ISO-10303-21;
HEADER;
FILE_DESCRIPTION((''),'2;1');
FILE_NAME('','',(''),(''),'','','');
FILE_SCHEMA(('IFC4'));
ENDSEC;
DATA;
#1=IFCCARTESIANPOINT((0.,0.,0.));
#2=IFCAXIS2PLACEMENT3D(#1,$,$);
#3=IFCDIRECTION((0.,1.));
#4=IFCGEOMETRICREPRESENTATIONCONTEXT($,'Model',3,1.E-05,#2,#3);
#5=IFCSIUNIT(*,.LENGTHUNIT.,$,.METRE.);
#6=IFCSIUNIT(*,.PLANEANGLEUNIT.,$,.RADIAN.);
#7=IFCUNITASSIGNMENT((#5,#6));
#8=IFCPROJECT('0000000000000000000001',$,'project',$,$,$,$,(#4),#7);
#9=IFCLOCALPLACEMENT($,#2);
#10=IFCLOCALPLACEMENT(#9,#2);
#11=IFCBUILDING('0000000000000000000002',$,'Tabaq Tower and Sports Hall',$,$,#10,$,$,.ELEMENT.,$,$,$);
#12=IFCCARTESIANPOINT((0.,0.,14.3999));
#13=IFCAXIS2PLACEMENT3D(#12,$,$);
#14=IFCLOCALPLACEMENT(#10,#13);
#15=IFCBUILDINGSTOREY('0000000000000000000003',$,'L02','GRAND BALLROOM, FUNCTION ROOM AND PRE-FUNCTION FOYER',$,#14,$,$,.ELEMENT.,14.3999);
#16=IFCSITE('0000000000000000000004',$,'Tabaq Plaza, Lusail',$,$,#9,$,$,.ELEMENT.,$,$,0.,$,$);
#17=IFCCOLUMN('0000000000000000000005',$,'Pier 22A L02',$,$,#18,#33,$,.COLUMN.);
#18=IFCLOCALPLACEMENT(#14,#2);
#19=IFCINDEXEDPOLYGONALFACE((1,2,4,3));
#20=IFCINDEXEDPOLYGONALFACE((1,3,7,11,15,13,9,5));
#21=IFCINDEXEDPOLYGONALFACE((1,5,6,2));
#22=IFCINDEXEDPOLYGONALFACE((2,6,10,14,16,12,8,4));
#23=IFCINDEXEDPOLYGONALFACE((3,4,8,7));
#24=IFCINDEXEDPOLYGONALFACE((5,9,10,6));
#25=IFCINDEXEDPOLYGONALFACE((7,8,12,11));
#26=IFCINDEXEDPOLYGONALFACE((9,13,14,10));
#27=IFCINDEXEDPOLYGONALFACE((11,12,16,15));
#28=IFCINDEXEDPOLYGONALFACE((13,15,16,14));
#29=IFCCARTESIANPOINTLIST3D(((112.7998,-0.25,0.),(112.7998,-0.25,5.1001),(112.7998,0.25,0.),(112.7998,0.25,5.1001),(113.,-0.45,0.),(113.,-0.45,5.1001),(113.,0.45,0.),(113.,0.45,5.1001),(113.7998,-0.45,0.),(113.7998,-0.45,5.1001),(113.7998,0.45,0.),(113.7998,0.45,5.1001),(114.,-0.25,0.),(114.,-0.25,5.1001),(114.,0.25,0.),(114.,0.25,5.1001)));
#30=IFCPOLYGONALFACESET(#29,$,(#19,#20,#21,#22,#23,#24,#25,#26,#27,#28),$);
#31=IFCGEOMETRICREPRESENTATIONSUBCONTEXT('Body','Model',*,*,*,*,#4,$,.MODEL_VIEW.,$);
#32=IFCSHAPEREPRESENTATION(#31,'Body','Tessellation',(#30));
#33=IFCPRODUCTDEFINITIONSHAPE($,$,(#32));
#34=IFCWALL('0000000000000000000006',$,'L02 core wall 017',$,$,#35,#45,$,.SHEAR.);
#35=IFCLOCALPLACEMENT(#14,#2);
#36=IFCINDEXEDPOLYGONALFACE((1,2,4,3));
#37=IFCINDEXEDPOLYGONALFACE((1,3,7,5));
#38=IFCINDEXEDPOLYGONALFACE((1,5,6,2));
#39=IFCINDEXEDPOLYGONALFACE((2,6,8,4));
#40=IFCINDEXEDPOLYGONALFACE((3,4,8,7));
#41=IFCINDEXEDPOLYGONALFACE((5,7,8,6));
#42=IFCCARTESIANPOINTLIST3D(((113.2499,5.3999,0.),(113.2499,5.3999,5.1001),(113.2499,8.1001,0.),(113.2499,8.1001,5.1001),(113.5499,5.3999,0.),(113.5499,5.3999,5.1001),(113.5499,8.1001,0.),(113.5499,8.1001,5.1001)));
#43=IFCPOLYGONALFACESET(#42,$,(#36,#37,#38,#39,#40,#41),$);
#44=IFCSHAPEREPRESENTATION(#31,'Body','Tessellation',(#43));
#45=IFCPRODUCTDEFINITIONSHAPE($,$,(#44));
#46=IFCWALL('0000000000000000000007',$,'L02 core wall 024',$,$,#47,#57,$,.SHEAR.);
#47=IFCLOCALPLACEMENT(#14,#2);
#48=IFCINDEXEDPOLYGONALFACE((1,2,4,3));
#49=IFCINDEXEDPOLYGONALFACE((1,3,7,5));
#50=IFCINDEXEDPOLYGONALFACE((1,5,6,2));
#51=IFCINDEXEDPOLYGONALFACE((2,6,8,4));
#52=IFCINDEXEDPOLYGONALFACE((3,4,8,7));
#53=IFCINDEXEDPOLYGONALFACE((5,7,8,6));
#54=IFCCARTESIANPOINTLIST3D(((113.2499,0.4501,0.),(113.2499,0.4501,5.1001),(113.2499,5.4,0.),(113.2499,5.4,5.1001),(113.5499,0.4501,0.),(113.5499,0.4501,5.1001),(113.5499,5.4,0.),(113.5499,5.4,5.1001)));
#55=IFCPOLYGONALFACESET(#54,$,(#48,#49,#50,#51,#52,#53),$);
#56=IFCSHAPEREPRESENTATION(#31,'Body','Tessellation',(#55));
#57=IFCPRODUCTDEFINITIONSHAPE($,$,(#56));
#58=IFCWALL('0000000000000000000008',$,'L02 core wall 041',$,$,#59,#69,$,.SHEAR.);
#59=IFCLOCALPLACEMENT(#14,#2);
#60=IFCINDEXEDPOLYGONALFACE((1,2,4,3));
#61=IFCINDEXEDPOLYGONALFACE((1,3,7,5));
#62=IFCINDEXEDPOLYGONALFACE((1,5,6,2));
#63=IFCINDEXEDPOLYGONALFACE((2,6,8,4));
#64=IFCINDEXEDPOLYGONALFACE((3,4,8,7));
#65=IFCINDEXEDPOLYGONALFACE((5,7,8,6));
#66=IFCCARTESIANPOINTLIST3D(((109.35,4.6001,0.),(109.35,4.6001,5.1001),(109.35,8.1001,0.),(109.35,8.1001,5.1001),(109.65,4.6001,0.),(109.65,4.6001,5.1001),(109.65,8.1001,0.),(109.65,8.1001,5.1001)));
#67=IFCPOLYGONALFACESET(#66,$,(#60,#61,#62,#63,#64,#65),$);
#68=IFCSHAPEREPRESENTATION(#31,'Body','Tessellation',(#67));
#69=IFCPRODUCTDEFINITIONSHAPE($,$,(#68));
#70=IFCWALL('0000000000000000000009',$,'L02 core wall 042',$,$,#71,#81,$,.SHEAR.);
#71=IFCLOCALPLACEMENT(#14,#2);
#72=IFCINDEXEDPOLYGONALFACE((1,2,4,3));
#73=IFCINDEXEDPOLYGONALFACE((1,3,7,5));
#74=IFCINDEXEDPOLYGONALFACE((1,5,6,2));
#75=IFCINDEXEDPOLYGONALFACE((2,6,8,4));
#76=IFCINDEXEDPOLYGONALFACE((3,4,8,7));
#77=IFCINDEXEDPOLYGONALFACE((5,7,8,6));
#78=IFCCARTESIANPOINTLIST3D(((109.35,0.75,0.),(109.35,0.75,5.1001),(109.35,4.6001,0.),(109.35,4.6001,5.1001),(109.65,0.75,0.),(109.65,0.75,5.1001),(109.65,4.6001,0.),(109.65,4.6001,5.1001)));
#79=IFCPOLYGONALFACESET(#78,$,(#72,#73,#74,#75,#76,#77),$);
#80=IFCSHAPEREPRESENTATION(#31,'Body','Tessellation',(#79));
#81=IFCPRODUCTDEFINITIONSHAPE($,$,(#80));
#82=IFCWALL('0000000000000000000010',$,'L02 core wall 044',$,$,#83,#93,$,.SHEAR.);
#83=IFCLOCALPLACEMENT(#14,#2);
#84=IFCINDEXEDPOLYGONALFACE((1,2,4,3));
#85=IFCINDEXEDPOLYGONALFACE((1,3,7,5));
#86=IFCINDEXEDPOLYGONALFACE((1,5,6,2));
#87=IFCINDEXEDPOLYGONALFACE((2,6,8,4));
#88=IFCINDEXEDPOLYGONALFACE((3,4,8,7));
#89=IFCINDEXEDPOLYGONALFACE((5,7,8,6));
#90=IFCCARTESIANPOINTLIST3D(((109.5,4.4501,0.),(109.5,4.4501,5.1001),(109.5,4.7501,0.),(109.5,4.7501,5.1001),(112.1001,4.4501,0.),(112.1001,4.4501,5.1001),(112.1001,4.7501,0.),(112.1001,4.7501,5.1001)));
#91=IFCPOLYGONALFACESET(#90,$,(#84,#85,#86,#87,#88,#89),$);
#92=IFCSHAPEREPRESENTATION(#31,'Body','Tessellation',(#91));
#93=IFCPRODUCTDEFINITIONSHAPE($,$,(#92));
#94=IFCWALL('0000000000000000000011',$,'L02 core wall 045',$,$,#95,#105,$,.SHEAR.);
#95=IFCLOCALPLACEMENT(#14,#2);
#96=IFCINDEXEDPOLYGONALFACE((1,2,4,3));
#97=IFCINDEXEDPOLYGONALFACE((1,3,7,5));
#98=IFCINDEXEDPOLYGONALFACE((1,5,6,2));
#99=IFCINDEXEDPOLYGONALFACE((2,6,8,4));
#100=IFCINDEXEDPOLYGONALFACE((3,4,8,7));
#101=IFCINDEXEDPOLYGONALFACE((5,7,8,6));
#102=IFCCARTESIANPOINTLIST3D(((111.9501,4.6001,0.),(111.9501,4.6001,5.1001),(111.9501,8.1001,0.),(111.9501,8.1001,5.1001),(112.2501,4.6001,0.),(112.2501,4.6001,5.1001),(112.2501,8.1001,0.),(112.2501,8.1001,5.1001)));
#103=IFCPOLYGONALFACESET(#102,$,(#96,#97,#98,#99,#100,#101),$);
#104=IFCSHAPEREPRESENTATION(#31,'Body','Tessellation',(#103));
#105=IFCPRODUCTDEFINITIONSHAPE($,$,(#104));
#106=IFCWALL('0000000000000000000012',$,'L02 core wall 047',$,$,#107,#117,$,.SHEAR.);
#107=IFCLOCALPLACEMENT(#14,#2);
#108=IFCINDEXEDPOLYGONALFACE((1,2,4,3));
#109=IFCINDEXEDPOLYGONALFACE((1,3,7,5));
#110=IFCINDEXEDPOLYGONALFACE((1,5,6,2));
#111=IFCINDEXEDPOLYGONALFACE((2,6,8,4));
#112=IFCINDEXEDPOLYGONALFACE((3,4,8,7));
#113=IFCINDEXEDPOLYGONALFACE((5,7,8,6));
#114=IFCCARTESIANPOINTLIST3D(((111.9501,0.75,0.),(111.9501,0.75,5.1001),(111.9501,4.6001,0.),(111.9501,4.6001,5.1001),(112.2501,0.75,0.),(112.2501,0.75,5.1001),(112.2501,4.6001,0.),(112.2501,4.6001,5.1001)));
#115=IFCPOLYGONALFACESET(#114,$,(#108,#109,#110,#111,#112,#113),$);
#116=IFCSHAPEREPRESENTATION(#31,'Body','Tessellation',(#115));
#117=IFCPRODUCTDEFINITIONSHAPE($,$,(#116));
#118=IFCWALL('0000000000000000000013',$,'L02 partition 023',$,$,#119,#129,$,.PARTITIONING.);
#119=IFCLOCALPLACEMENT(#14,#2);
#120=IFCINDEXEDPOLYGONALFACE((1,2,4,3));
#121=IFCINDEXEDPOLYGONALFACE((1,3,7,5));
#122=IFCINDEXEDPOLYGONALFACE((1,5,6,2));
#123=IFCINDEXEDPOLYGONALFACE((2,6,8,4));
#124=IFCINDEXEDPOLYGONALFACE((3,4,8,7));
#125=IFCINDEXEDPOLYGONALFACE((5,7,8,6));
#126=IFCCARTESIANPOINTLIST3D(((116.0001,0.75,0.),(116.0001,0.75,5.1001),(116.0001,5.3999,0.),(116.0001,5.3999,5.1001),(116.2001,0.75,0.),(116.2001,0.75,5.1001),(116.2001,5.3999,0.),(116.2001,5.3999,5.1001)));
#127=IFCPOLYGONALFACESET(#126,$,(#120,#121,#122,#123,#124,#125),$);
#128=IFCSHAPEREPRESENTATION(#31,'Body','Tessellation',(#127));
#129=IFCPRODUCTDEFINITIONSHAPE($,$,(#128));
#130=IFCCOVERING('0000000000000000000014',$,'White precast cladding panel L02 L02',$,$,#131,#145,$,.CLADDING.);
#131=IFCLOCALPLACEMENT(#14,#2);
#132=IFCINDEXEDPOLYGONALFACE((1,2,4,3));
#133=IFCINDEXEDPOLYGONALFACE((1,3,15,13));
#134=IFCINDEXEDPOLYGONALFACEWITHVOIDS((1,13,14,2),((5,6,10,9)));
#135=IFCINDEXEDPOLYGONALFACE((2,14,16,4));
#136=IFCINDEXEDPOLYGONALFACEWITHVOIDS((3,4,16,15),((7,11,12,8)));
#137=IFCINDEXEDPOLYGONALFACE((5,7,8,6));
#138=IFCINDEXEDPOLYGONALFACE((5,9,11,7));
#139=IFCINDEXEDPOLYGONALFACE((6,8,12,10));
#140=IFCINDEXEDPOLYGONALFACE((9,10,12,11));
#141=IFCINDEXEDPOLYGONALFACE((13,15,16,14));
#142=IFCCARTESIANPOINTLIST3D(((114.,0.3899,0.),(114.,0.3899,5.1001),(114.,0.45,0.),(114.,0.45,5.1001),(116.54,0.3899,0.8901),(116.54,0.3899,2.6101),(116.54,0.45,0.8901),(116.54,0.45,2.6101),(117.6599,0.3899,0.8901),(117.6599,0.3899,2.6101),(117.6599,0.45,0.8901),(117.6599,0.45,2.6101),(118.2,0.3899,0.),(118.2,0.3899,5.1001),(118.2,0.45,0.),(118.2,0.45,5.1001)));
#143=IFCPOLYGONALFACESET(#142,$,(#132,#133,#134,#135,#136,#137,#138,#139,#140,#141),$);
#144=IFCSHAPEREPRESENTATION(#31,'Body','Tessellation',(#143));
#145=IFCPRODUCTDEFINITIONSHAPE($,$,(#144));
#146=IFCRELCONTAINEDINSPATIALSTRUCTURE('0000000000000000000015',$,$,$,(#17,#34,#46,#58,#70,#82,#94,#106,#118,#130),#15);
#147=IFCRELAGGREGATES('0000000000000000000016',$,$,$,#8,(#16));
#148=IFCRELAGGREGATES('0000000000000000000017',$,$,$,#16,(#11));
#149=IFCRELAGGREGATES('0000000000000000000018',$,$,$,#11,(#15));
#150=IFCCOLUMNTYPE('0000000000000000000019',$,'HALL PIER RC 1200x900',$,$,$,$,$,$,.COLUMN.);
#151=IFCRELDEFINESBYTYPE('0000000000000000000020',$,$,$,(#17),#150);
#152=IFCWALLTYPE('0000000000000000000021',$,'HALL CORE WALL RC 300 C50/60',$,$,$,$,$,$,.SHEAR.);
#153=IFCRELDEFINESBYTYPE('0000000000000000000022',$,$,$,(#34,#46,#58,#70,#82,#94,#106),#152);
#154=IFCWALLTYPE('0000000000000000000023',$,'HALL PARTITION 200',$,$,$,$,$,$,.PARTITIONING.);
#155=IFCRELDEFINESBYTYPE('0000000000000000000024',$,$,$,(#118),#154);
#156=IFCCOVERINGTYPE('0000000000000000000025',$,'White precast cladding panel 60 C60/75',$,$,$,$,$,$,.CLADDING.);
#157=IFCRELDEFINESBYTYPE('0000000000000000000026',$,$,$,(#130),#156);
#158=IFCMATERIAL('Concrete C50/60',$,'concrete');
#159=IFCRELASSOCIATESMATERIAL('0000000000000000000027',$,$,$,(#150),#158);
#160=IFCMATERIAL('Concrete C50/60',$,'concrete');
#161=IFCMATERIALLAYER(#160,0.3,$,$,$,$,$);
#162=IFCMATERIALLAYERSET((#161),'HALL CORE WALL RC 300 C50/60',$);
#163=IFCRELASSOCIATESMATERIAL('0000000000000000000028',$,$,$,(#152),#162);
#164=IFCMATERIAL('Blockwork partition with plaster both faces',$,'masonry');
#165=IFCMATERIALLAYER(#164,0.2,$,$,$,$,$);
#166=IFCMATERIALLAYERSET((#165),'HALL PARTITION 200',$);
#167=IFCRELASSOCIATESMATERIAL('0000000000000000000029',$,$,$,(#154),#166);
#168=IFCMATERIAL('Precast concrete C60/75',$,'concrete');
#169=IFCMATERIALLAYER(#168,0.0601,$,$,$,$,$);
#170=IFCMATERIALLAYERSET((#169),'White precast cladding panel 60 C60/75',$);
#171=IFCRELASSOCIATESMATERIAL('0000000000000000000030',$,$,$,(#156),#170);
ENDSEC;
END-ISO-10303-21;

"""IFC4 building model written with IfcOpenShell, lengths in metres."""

from ifc_helpers import new_model, si_unit, direction, frame, frame_2d, origin, place, context, subcontext, project, spatial, polyline, rectangle, outline, extrude, material, layer, layer_set, material_profile, profile_set, type_object, element, save


model = new_model("IFC4")

# Units and contexts
model_context = context("Model", 3, precision=1e-05, world=origin(), true_north=direction((0.0, 1.0)))
body_context = subcontext(model_context, "Body", "Model", "MODEL_VIEW")
ifc_project = project(units=[si_unit("LENGTHUNIT", "METRE"), si_unit("PLANEANGLEUNIT", "RADIAN")], contexts=[model_context])

# Site, building, storey
site_placement = place(None, origin())
site = spatial("IfcSite", under=ifc_project, at=site_placement, Name="Tabaq Plaza, Lusail", CompositionType="ELEMENT", RefElevation=0.0)
building_placement = place(site_placement, origin())
building = spatial("IfcBuilding", under=site, at=building_placement, Name="Tabaq Tower and Sports Hall", CompositionType="ELEMENT")
storey_placement = place(building_placement, frame((0.0, 0.0, 14.3999)))
storey = spatial("IfcBuildingStorey", under=building, at=storey_placement, Name="L02", Description="GRAND BALLROOM, FUNCTION ROOM AND PRE-FUNCTION FOYER", CompositionType="ELEMENT", Elevation=14.3999)

# Column
ifc_material_1 = material(Name="Concrete C50/60", Category="concrete")
ifc_material_profile = material_profile(ifc_material_1, outline(polyline([(-0.3999, -0.45), (0.3999, -0.45), (0.6001, -0.25), (0.6001, 0.25), (0.3999, 0.45), (-0.3999, 0.45), (-0.6001, 0.25), (-0.6001, -0.25), (-0.3999, -0.45)])), Name="PIER 1200x900")
ifc_profile_set = profile_set([ifc_material_profile], Name="Concrete C50/60")
column_type = type_object("IfcColumnType", Name="HALL PIER RC 1200x900", PredefinedType="COLUMN", material=ifc_profile_set)
column_placement = place(storey_placement, frame((113.3999, 0.0, 0.0), z_axis=(0.0, 0.0, 1.0), x_axis=(1.0, 0.0, 0.0)))
element("IfcColumn", 1, at=column_placement, inside=storey, type_object=column_type, Name="Pier 22A L02", PredefinedType="COLUMN", context=body_context, shape_type="SweptSolid", body=[
    extrude(outline(polyline([(-0.3999, -0.45), (0.3999, -0.45), (0.6001, -0.25), (0.6001, 0.25), (0.3999, 0.45), (-0.3999, 0.45), (-0.6001, 0.25), (-0.6001, -0.25), (-0.3999, -0.45)])), origin(), (0.0, 0.0, 1.0), 5.1001),
])

# Walls
ifc_material_2 = material(Name="Concrete C50/60", Category="concrete")
ifc_layer_1 = layer(ifc_material_2, 0.3)
ifc_layer_set_1 = layer_set([ifc_layer_1], Name="HALL CORE WALL RC 300 C50/60")
wall_type_1 = type_object("IfcWallType", Name="HALL CORE WALL RC 300 C50/60", PredefinedType="SHEAR", material=ifc_layer_set_1)
wall_1_placement = place(storey_placement, frame((113.3999, 5.3999, 0.0), z_axis=(0.0, 0.0, 1.0), x_axis=(0.0, 1.0, 0.0)))
element("IfcWall", 2, at=wall_1_placement, inside=storey, type_object=wall_type_1, Name="L02 core wall 017", PredefinedType="SHEAR", context=body_context, shape_type="SweptSolid", body=[
    extrude(rectangle(XDim=2.7002, YDim=0.3, at=frame_2d((1.3501, 0.0))), origin(), (0.0, 0.0, 1.0), 5.1001),
])
wall_2_placement = place(storey_placement, frame((113.3999, 0.45, 0.0), z_axis=(0.0, 0.0, 1.0), x_axis=(0.0, 1.0, 0.0)))
element("IfcWall", 3, at=wall_2_placement, inside=storey, type_object=wall_type_1, Name="L02 core wall 024", PredefinedType="SHEAR", context=body_context, shape_type="SweptSolid", body=[
    extrude(rectangle(XDim=4.95, YDim=0.3, at=frame_2d((2.4751, 0.0))), origin(), (0.0, 0.0, 1.0), 5.1001),
])
wall_3_placement = place(storey_placement, frame((109.5, 4.6001, 0.0), z_axis=(0.0, 0.0, 1.0), x_axis=(0.0, 1.0, 0.0)))
element("IfcWall", 4, at=wall_3_placement, inside=storey, type_object=wall_type_1, Name="L02 core wall 041", PredefinedType="SHEAR", context=body_context, shape_type="SweptSolid", body=[
    extrude(rectangle(XDim=3.5, YDim=0.3, at=frame_2d((1.75, 0.0))), origin(), (0.0, 0.0, 1.0), 5.1001),
])
wall_4_placement = place(storey_placement, frame((109.5, 0.75, 0.0), z_axis=(0.0, 0.0, 1.0), x_axis=(0.0, 1.0, 0.0)))
element("IfcWall", 5, at=wall_4_placement, inside=storey, type_object=wall_type_1, Name="L02 core wall 042", PredefinedType="SHEAR", context=body_context, shape_type="SweptSolid", body=[
    extrude(rectangle(XDim=3.8501, YDim=0.3, at=frame_2d((1.925, 0.0))), origin(), (0.0, 0.0, 1.0), 5.1001),
])
wall_5_placement = place(storey_placement, frame((109.5, 4.6001, 0.0), z_axis=(0.0, 0.0, 1.0), x_axis=(1.0, 0.0, 0.0)))
element("IfcWall", 6, at=wall_5_placement, inside=storey, type_object=wall_type_1, Name="L02 core wall 044", PredefinedType="SHEAR", context=body_context, shape_type="SweptSolid", body=[
    extrude(rectangle(XDim=2.6001, YDim=0.3, at=frame_2d((1.3, 0.0))), origin(), (0.0, 0.0, 1.0), 5.1001),
])
wall_6_placement = place(storey_placement, frame((112.1001, 4.6001, 0.0), z_axis=(0.0, 0.0, 1.0), x_axis=(0.0, 1.0, 0.0)))
element("IfcWall", 7, at=wall_6_placement, inside=storey, type_object=wall_type_1, Name="L02 core wall 045", PredefinedType="SHEAR", context=body_context, shape_type="SweptSolid", body=[
    extrude(rectangle(XDim=3.5, YDim=0.3, at=frame_2d((1.75, 0.0))), origin(), (0.0, 0.0, 1.0), 5.1001),
])
wall_7_placement = place(storey_placement, frame((112.1001, 0.75, 0.0), z_axis=(0.0, 0.0, 1.0), x_axis=(0.0, 1.0, 0.0)))
element("IfcWall", 8, at=wall_7_placement, inside=storey, type_object=wall_type_1, Name="L02 core wall 047", PredefinedType="SHEAR", context=body_context, shape_type="SweptSolid", body=[
    extrude(rectangle(XDim=3.8501, YDim=0.3, at=frame_2d((1.925, 0.0))), origin(), (0.0, 0.0, 1.0), 5.1001),
])

# Shared definitions
ifc_material_3 = material(Name="Blockwork partition with plaster both faces", Category="masonry")
ifc_layer_2 = layer(ifc_material_3, 0.2)
ifc_layer_set_2 = layer_set([ifc_layer_2], Name="HALL PARTITION 200")
wall_type_2 = type_object("IfcWallType", Name="HALL PARTITION 200", PredefinedType="PARTITIONING", material=ifc_layer_set_2)

# Wall
wall_8_placement = place(storey_placement, frame((116.1001, 0.75, 0.0), z_axis=(0.0, 0.0, 1.0), x_axis=(0.0, 1.0, 0.0)))
element("IfcWall", 9, at=wall_8_placement, inside=storey, type_object=wall_type_2, Name="L02 partition 023", PredefinedType="PARTITIONING", context=body_context, shape_type="SweptSolid", body=[
    extrude(rectangle(XDim=4.6499, YDim=0.2, at=frame_2d((2.325, 0.0))), origin(), (0.0, 0.0, 1.0), 5.1001),
])

# Covering
ifc_material_4 = material(Name="Precast concrete C60/75", Category="concrete")
ifc_layer_3 = layer(ifc_material_4, 0.0601)
ifc_layer_set_3 = layer_set([ifc_layer_3], Name="White precast cladding panel 60 C60/75")
covering_type = type_object("IfcCoveringType", Name="White precast cladding panel 60 C60/75", PredefinedType="CLADDING", material=ifc_layer_set_3)
covering_placement = place(storey_placement, frame((114.0, 0.4199, 0.0), z_axis=(0.0, 0.0, 1.0), x_axis=(1.0, 0.0, 0.0)))
element("IfcCovering", 10, at=covering_placement, inside=storey, type_object=covering_type, Name="White precast cladding panel L02 L02", PredefinedType="CLADDING", context=body_context, shape_type="SweptSolid", body=[
    extrude(outline(polyline([(0.0, 0.0), (4.2, 0.0), (4.2, 5.1001), (0.0, 5.1001), (0.0, 0.0)]), holes=[polyline([(2.54, 0.8901), (2.54, 2.6101), (3.6599, 2.6101), (3.6599, 0.8901), (2.54, 0.8901)])]), frame((0.0, 0.03, 0.0), z_axis=(0.0, -1.0, 0.0), x_axis=(1.0, 0.0, 0.0)), (0.0, 0.0, 1.0), 0.0601),
])

save(model, "model.ifc")
